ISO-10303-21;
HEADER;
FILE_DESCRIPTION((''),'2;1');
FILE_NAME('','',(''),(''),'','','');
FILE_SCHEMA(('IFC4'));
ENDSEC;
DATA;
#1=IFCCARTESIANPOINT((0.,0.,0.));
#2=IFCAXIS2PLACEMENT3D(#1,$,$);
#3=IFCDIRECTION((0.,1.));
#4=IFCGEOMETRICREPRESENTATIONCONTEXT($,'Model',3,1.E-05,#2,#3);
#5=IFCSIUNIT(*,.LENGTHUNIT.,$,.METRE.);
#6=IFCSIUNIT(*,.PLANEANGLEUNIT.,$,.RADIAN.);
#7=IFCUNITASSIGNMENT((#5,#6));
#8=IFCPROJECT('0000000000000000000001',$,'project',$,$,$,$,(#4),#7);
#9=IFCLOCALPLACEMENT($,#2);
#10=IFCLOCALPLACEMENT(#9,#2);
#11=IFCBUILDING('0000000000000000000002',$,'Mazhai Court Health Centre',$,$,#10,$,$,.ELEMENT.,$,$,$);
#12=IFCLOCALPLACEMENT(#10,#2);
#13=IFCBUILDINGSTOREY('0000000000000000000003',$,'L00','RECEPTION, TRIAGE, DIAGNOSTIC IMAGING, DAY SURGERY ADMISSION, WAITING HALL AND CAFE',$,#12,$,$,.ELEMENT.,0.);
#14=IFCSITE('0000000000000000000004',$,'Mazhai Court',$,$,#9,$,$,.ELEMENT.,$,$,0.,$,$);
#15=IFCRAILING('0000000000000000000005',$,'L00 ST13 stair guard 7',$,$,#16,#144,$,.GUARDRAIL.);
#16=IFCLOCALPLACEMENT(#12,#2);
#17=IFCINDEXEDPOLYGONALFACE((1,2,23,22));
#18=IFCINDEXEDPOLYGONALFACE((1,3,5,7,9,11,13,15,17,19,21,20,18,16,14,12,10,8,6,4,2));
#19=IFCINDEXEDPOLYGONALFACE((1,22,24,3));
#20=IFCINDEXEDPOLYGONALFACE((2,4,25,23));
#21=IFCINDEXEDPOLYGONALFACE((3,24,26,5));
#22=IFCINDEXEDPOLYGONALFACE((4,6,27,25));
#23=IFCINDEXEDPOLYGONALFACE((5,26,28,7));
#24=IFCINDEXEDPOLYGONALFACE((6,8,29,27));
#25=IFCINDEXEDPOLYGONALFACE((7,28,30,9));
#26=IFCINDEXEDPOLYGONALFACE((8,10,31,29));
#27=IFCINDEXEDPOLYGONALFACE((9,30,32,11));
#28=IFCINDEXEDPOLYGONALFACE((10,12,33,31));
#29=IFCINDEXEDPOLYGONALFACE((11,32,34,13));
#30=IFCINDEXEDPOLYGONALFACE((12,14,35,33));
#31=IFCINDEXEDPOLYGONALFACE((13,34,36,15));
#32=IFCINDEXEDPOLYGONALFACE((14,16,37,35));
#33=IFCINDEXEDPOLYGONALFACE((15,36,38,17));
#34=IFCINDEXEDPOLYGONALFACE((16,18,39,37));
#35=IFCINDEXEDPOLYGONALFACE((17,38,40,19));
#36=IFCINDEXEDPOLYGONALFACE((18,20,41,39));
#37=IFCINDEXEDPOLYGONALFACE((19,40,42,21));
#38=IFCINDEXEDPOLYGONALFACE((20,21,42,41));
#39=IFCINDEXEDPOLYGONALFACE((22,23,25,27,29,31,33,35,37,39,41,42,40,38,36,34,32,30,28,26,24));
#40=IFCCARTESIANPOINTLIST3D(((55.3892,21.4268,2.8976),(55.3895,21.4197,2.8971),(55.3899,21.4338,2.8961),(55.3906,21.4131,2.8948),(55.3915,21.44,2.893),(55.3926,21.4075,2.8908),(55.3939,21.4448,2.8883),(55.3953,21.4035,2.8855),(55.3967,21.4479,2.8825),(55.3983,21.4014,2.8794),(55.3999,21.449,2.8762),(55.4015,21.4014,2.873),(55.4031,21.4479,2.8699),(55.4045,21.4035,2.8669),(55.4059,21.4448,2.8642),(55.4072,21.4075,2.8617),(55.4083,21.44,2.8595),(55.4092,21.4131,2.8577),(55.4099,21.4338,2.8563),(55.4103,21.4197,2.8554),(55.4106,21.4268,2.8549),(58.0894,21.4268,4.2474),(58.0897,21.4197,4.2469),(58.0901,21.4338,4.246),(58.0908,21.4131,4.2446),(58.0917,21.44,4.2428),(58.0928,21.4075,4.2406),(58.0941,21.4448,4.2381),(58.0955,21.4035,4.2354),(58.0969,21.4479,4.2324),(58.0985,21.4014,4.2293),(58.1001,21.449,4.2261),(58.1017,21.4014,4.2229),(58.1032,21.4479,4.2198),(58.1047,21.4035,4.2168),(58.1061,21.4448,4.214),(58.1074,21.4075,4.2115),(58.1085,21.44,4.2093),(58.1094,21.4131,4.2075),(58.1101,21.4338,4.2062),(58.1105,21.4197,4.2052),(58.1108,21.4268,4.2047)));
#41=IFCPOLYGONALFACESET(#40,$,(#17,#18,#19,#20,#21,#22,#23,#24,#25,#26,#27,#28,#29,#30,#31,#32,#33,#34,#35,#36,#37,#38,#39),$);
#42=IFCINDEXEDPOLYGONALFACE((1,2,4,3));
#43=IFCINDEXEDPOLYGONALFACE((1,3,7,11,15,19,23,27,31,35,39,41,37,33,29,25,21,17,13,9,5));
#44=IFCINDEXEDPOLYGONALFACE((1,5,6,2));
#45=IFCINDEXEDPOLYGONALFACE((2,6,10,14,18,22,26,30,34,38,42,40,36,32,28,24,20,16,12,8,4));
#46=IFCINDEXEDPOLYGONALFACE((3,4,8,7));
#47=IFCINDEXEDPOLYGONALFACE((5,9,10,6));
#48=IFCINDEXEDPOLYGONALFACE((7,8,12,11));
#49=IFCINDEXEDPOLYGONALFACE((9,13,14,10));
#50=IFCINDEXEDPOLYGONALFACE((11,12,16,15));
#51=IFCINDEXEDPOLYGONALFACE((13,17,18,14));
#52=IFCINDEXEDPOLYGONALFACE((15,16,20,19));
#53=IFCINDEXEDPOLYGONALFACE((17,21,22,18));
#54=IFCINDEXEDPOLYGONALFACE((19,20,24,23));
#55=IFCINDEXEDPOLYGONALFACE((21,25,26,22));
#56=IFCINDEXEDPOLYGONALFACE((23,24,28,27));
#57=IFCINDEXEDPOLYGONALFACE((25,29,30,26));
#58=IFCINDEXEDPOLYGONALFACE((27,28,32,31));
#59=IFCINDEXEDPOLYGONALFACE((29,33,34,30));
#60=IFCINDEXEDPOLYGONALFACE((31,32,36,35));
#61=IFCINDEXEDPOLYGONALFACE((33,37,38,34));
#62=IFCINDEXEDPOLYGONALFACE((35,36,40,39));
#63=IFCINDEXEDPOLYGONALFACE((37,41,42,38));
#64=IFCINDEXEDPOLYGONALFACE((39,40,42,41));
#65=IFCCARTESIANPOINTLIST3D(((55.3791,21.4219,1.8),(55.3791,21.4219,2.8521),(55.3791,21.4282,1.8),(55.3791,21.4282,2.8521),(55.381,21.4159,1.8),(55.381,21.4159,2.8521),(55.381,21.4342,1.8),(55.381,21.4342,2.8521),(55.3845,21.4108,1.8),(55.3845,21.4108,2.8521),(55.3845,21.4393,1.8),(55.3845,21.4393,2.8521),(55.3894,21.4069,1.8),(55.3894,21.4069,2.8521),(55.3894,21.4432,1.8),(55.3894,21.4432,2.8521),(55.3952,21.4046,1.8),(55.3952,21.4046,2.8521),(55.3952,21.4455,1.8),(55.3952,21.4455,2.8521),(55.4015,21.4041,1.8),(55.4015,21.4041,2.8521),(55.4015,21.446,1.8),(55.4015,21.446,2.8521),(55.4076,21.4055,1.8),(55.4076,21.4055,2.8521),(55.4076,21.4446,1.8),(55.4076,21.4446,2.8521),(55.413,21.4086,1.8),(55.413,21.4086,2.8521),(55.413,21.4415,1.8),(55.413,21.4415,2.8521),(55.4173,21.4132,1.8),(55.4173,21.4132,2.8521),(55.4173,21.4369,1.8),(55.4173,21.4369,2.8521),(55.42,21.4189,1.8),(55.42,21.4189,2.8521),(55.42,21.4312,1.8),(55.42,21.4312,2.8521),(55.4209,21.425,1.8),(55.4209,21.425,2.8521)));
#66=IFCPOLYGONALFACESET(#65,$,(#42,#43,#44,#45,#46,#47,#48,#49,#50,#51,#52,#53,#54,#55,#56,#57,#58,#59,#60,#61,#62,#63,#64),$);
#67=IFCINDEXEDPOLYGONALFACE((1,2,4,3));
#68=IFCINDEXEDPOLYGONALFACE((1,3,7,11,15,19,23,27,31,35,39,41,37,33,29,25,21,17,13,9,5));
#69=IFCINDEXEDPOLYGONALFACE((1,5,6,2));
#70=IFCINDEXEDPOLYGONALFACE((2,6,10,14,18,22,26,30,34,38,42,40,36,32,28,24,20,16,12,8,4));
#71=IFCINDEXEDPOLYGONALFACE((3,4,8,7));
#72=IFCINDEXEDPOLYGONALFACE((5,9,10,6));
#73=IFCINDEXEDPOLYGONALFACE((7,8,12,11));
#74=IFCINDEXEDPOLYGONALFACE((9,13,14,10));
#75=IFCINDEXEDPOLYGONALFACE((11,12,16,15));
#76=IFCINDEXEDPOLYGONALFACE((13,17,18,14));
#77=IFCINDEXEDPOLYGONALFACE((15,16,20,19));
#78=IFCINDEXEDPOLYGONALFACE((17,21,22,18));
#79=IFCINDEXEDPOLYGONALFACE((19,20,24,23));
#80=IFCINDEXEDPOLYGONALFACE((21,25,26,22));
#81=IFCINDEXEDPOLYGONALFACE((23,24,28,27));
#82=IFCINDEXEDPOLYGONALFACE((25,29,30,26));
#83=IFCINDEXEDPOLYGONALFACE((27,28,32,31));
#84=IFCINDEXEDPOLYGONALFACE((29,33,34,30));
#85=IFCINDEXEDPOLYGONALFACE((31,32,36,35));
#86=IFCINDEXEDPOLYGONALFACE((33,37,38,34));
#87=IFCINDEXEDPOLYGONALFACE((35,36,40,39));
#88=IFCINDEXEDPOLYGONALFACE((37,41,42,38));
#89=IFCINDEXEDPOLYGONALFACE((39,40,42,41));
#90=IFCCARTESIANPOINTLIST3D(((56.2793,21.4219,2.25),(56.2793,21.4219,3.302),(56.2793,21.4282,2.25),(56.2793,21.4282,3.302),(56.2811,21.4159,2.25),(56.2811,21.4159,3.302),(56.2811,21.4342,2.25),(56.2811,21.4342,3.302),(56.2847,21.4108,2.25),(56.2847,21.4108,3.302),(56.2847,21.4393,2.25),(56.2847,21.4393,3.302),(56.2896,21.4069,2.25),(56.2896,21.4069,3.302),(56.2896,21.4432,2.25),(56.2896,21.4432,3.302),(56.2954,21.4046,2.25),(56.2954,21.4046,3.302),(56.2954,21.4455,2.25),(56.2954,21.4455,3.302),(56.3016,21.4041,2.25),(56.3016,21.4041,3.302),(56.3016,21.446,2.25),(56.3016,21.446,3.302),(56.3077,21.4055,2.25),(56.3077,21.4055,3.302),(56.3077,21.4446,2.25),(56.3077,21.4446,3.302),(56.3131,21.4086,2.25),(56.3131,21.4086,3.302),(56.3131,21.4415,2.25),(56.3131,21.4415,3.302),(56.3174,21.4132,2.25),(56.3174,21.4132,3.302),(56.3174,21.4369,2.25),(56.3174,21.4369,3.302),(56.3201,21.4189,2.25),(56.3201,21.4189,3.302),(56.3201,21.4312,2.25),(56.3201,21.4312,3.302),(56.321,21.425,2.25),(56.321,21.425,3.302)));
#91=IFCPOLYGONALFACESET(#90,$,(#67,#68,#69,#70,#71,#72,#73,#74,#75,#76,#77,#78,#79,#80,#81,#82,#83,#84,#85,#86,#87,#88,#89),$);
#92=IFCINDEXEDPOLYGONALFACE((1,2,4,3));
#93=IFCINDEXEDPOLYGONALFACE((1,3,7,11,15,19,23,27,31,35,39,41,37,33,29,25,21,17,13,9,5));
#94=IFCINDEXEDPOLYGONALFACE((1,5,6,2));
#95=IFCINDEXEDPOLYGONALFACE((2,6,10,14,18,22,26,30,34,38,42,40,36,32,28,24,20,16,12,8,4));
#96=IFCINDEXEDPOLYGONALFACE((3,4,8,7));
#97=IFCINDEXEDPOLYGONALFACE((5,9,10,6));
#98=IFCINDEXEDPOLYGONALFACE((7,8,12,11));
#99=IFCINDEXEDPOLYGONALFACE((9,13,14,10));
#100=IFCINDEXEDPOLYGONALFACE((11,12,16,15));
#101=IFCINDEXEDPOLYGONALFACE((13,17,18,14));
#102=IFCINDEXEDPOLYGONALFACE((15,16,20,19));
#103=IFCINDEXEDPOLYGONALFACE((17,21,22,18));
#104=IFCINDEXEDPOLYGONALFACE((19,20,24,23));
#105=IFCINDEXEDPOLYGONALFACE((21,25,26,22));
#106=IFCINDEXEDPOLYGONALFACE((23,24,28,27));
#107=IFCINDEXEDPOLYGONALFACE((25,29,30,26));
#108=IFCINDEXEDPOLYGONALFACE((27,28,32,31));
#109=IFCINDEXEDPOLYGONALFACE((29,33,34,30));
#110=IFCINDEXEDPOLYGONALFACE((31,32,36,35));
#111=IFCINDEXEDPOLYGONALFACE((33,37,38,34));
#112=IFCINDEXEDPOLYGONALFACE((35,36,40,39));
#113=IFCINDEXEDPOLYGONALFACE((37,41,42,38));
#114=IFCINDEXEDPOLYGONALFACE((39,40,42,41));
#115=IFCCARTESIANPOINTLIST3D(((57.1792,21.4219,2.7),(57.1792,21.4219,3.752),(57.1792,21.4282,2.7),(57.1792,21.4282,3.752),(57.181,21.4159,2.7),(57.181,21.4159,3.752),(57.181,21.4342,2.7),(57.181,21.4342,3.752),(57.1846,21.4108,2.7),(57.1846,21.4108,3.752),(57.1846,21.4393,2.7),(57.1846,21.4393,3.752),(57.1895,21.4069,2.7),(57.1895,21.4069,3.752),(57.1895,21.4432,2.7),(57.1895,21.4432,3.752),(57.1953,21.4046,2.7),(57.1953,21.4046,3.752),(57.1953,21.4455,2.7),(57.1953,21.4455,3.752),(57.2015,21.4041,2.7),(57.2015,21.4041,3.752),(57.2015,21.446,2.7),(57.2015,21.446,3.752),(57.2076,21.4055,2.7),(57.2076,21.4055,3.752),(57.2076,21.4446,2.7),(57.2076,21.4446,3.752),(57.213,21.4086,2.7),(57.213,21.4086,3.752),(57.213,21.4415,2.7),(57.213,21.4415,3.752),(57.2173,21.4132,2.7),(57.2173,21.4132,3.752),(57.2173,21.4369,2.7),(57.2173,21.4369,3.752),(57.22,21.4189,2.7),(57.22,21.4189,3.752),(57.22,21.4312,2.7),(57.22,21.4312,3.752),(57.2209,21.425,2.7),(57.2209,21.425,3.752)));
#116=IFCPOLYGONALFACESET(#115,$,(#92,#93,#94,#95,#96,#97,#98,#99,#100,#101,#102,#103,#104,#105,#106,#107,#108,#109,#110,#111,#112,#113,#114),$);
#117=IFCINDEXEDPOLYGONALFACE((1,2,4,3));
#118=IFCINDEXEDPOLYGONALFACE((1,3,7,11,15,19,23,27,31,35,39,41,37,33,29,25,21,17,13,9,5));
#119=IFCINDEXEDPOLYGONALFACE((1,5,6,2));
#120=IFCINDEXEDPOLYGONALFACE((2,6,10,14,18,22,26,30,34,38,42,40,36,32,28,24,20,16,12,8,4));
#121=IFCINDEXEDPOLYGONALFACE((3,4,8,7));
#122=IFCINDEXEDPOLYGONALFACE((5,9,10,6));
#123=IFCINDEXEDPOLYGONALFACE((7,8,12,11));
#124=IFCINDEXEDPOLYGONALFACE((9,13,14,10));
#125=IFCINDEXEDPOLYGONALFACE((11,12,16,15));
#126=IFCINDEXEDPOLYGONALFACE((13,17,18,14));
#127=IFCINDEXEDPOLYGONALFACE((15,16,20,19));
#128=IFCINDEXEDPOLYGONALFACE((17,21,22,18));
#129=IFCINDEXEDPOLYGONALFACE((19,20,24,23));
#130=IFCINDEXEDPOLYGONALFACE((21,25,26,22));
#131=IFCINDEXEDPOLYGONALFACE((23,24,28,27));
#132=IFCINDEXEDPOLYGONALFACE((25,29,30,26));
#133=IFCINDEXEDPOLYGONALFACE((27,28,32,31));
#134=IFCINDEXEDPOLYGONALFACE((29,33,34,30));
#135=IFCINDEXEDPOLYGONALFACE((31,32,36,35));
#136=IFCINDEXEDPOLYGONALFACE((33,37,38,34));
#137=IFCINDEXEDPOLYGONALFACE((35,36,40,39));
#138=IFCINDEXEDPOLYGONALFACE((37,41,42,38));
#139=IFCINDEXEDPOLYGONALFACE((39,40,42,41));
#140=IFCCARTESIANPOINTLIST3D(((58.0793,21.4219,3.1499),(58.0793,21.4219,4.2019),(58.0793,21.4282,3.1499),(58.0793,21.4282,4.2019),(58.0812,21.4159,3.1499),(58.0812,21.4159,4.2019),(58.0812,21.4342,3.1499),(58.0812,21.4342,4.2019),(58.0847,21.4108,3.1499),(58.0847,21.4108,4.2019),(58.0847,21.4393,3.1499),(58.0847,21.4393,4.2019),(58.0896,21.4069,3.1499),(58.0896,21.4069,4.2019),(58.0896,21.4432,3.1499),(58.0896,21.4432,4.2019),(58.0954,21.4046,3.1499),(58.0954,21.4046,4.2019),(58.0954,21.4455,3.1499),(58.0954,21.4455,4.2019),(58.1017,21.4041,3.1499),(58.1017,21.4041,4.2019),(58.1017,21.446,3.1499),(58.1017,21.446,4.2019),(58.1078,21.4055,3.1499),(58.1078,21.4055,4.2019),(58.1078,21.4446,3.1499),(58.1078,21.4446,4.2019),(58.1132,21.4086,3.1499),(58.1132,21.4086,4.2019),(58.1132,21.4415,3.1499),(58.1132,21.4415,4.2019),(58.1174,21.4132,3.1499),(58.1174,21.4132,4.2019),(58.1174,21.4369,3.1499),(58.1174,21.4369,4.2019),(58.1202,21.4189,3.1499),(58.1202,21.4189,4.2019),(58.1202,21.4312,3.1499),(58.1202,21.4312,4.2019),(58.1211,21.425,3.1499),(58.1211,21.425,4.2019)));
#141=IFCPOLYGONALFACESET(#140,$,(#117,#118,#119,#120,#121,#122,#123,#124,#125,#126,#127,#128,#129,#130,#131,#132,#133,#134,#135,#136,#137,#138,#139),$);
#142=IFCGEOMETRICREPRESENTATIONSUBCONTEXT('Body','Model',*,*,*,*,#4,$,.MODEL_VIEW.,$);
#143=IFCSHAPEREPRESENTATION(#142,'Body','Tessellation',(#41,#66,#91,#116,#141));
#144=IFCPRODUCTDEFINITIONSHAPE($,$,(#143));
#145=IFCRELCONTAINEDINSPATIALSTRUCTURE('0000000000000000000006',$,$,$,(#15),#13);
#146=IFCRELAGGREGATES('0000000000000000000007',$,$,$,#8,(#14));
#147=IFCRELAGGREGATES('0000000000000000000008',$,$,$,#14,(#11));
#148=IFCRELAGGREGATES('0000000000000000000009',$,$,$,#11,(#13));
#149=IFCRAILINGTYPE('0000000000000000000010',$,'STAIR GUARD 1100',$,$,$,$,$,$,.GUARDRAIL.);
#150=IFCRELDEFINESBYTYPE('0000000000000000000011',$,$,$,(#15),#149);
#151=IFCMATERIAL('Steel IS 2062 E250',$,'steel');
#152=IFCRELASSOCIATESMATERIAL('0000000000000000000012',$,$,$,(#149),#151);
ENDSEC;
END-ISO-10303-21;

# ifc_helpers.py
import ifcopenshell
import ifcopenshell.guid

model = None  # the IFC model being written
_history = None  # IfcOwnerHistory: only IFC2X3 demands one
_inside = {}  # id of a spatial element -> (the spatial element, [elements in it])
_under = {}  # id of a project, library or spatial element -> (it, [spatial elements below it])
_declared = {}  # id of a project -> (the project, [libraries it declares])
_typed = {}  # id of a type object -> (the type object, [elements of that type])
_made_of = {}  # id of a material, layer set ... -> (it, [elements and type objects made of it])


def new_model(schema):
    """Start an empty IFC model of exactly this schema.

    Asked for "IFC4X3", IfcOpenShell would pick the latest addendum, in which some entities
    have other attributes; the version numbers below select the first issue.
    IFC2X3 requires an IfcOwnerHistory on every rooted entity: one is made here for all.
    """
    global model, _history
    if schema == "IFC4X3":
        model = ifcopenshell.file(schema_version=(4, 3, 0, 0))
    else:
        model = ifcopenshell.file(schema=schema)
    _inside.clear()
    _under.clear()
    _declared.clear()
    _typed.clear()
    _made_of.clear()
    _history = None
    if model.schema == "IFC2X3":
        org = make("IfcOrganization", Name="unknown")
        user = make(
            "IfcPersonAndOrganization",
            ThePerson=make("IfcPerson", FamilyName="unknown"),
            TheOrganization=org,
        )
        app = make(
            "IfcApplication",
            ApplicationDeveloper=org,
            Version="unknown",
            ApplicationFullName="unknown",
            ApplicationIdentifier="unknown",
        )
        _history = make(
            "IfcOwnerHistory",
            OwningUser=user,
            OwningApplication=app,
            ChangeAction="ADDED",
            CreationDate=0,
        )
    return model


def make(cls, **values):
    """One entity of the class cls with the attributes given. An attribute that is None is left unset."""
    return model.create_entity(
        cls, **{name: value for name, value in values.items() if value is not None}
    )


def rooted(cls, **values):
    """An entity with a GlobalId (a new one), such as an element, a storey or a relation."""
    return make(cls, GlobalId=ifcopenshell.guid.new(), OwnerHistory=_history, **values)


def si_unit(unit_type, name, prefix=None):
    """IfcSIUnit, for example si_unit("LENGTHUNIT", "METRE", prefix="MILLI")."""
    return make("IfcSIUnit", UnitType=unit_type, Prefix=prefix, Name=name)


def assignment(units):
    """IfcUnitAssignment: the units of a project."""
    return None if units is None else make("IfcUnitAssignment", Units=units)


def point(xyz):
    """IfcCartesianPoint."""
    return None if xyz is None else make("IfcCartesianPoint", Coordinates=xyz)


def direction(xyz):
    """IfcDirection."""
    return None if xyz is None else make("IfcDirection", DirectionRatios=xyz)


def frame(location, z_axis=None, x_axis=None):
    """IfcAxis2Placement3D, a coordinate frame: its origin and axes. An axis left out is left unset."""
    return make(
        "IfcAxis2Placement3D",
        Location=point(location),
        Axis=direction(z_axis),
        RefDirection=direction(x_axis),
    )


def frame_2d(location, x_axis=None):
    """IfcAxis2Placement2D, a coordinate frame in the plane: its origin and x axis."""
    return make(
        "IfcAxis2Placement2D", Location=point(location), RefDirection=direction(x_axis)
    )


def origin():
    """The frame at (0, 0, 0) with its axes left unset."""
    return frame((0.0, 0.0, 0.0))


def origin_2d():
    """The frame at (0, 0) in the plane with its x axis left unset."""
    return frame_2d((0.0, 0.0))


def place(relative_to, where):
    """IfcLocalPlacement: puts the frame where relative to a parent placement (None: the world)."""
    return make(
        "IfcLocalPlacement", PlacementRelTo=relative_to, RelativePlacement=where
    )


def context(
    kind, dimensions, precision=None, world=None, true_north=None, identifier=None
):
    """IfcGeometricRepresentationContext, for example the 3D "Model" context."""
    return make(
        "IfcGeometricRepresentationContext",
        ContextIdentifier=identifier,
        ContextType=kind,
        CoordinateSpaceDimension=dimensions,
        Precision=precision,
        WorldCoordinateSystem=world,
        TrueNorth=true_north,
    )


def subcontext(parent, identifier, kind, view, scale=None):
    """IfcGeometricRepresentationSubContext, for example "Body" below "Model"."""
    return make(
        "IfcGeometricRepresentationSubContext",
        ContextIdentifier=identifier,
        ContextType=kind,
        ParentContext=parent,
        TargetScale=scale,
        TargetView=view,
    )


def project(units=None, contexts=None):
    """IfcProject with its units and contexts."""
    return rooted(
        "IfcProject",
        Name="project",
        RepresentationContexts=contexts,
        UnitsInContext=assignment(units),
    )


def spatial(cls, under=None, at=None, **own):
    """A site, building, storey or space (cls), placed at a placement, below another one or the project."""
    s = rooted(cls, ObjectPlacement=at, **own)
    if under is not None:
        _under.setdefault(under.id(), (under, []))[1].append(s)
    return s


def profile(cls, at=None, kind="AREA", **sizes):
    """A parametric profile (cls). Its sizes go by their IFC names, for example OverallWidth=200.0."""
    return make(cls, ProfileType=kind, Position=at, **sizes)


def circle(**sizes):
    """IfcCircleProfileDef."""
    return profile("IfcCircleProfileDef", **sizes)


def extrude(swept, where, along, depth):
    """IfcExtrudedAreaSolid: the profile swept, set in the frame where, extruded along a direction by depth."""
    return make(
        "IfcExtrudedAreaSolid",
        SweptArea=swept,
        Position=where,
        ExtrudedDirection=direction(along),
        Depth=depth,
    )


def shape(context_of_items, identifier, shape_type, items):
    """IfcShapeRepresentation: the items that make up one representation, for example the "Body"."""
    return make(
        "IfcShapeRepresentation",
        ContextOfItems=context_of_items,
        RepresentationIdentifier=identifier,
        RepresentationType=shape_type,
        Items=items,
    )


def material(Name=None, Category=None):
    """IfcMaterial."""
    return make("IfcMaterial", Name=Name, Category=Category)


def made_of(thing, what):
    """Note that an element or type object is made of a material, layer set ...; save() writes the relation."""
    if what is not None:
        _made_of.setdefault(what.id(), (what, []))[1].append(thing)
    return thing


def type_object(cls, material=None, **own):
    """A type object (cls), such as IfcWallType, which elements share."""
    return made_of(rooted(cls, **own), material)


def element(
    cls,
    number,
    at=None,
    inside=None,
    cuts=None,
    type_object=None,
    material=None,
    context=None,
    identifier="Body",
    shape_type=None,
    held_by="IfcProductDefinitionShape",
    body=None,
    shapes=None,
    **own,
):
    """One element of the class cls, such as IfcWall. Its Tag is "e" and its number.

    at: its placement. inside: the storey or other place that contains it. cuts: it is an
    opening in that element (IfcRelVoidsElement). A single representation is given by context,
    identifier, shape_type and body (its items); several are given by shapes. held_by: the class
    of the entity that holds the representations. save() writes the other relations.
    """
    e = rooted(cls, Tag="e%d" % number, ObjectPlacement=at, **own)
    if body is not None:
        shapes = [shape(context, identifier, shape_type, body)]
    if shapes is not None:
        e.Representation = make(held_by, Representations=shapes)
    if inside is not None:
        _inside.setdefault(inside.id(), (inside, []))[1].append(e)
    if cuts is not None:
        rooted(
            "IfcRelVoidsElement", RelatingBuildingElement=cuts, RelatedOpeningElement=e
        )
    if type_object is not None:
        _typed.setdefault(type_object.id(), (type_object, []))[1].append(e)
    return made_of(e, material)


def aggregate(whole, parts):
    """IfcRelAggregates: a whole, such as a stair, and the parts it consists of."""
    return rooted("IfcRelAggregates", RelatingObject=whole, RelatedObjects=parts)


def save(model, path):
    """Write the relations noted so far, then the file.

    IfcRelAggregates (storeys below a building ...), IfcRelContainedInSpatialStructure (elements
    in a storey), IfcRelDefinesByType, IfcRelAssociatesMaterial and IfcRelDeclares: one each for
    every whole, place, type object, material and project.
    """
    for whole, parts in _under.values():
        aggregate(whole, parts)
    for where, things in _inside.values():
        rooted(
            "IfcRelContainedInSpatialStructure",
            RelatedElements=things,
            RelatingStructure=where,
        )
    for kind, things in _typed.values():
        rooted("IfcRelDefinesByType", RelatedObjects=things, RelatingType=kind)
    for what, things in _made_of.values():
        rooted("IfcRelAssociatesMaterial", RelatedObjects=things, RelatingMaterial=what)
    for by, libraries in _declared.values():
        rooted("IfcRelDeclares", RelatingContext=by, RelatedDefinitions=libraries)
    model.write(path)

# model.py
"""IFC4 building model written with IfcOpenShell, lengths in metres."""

from ifc_helpers import new_model, si_unit, direction, frame, origin, origin_2d, place, context, subcontext, project, spatial, circle, extrude, material, type_object, element, save


model = new_model("IFC4")

# Units and contexts
model_context = context("Model", 3, precision=1e-05, world=origin(), true_north=direction((0.0, 1.0)))
body_context = subcontext(model_context, "Body", "Model", "MODEL_VIEW")
ifc_project = project(units=[si_unit("LENGTHUNIT", "METRE"), si_unit("PLANEANGLEUNIT", "RADIAN")], contexts=[model_context])

# Site, building, storey
site_placement = place(None, origin())
site = spatial("IfcSite", under=ifc_project, at=site_placement, Name="Mazhai Court", CompositionType="ELEMENT", RefElevation=0.0)
building_placement = place(site_placement, origin())
building = spatial("IfcBuilding", under=site, at=building_placement, Name="Mazhai Court Health Centre", CompositionType="ELEMENT")
storey_placement = place(building_placement, origin())
storey = spatial("IfcBuildingStorey", under=building, at=storey_placement, Name="L00", Description="RECEPTION, TRIAGE, DIAGNOSTIC IMAGING, DAY SURGERY ADMISSION, WAITING HALL AND CAFE", CompositionType="ELEMENT", Elevation=0.0)

# Railing
ifc_material_1 = material(Name="Steel IS 2062 E250", Category="steel")
railing_type_1 = type_object("IfcRailingType", Name="STAIR GUARD 1100", PredefinedType="GUARDRAIL", material=ifc_material_1)
for number, where, name in (
    (1, (55.3999, 21.425, 1.8), "L00 ST13 stair guard 7"),
):
    element("IfcRailing", number, at=place(storey_placement, frame(where)), inside=storey, type_object=railing_type_1, Name=name, PredefinedType="GUARDRAIL", context=body_context, shape_type="SweptSolid", body=[
        extrude(circle(Radius=0.0239, at=origin_2d()), frame((0.0, 0.0, 1.0762), z_axis=(0.89446, 0.0, 0.447149), x_axis=(0.0, 1.0, 0.0)), (0.0, 0.0, 1.0), 3.0188),
        extrude(circle(Radius=0.021, at=origin_2d()), origin(), (0.0, 0.0, 1.0), 1.052),
        extrude(circle(Radius=0.021, at=origin_2d()), frame((0.9001, 0.0, 0.45)), (0.0, 0.0, 1.0), 1.052),
        extrude(circle(Radius=0.021, at=origin_2d()), frame((1.8, 0.0, 0.8999)), (0.0, 0.0, 1.0), 1.052),
        extrude(circle(Radius=0.021, at=origin_2d()), frame((2.7002, 0.0, 1.3499)), (0.0, 0.0, 1.0), 1.052),
    ])

save(model, "model.ifc")
